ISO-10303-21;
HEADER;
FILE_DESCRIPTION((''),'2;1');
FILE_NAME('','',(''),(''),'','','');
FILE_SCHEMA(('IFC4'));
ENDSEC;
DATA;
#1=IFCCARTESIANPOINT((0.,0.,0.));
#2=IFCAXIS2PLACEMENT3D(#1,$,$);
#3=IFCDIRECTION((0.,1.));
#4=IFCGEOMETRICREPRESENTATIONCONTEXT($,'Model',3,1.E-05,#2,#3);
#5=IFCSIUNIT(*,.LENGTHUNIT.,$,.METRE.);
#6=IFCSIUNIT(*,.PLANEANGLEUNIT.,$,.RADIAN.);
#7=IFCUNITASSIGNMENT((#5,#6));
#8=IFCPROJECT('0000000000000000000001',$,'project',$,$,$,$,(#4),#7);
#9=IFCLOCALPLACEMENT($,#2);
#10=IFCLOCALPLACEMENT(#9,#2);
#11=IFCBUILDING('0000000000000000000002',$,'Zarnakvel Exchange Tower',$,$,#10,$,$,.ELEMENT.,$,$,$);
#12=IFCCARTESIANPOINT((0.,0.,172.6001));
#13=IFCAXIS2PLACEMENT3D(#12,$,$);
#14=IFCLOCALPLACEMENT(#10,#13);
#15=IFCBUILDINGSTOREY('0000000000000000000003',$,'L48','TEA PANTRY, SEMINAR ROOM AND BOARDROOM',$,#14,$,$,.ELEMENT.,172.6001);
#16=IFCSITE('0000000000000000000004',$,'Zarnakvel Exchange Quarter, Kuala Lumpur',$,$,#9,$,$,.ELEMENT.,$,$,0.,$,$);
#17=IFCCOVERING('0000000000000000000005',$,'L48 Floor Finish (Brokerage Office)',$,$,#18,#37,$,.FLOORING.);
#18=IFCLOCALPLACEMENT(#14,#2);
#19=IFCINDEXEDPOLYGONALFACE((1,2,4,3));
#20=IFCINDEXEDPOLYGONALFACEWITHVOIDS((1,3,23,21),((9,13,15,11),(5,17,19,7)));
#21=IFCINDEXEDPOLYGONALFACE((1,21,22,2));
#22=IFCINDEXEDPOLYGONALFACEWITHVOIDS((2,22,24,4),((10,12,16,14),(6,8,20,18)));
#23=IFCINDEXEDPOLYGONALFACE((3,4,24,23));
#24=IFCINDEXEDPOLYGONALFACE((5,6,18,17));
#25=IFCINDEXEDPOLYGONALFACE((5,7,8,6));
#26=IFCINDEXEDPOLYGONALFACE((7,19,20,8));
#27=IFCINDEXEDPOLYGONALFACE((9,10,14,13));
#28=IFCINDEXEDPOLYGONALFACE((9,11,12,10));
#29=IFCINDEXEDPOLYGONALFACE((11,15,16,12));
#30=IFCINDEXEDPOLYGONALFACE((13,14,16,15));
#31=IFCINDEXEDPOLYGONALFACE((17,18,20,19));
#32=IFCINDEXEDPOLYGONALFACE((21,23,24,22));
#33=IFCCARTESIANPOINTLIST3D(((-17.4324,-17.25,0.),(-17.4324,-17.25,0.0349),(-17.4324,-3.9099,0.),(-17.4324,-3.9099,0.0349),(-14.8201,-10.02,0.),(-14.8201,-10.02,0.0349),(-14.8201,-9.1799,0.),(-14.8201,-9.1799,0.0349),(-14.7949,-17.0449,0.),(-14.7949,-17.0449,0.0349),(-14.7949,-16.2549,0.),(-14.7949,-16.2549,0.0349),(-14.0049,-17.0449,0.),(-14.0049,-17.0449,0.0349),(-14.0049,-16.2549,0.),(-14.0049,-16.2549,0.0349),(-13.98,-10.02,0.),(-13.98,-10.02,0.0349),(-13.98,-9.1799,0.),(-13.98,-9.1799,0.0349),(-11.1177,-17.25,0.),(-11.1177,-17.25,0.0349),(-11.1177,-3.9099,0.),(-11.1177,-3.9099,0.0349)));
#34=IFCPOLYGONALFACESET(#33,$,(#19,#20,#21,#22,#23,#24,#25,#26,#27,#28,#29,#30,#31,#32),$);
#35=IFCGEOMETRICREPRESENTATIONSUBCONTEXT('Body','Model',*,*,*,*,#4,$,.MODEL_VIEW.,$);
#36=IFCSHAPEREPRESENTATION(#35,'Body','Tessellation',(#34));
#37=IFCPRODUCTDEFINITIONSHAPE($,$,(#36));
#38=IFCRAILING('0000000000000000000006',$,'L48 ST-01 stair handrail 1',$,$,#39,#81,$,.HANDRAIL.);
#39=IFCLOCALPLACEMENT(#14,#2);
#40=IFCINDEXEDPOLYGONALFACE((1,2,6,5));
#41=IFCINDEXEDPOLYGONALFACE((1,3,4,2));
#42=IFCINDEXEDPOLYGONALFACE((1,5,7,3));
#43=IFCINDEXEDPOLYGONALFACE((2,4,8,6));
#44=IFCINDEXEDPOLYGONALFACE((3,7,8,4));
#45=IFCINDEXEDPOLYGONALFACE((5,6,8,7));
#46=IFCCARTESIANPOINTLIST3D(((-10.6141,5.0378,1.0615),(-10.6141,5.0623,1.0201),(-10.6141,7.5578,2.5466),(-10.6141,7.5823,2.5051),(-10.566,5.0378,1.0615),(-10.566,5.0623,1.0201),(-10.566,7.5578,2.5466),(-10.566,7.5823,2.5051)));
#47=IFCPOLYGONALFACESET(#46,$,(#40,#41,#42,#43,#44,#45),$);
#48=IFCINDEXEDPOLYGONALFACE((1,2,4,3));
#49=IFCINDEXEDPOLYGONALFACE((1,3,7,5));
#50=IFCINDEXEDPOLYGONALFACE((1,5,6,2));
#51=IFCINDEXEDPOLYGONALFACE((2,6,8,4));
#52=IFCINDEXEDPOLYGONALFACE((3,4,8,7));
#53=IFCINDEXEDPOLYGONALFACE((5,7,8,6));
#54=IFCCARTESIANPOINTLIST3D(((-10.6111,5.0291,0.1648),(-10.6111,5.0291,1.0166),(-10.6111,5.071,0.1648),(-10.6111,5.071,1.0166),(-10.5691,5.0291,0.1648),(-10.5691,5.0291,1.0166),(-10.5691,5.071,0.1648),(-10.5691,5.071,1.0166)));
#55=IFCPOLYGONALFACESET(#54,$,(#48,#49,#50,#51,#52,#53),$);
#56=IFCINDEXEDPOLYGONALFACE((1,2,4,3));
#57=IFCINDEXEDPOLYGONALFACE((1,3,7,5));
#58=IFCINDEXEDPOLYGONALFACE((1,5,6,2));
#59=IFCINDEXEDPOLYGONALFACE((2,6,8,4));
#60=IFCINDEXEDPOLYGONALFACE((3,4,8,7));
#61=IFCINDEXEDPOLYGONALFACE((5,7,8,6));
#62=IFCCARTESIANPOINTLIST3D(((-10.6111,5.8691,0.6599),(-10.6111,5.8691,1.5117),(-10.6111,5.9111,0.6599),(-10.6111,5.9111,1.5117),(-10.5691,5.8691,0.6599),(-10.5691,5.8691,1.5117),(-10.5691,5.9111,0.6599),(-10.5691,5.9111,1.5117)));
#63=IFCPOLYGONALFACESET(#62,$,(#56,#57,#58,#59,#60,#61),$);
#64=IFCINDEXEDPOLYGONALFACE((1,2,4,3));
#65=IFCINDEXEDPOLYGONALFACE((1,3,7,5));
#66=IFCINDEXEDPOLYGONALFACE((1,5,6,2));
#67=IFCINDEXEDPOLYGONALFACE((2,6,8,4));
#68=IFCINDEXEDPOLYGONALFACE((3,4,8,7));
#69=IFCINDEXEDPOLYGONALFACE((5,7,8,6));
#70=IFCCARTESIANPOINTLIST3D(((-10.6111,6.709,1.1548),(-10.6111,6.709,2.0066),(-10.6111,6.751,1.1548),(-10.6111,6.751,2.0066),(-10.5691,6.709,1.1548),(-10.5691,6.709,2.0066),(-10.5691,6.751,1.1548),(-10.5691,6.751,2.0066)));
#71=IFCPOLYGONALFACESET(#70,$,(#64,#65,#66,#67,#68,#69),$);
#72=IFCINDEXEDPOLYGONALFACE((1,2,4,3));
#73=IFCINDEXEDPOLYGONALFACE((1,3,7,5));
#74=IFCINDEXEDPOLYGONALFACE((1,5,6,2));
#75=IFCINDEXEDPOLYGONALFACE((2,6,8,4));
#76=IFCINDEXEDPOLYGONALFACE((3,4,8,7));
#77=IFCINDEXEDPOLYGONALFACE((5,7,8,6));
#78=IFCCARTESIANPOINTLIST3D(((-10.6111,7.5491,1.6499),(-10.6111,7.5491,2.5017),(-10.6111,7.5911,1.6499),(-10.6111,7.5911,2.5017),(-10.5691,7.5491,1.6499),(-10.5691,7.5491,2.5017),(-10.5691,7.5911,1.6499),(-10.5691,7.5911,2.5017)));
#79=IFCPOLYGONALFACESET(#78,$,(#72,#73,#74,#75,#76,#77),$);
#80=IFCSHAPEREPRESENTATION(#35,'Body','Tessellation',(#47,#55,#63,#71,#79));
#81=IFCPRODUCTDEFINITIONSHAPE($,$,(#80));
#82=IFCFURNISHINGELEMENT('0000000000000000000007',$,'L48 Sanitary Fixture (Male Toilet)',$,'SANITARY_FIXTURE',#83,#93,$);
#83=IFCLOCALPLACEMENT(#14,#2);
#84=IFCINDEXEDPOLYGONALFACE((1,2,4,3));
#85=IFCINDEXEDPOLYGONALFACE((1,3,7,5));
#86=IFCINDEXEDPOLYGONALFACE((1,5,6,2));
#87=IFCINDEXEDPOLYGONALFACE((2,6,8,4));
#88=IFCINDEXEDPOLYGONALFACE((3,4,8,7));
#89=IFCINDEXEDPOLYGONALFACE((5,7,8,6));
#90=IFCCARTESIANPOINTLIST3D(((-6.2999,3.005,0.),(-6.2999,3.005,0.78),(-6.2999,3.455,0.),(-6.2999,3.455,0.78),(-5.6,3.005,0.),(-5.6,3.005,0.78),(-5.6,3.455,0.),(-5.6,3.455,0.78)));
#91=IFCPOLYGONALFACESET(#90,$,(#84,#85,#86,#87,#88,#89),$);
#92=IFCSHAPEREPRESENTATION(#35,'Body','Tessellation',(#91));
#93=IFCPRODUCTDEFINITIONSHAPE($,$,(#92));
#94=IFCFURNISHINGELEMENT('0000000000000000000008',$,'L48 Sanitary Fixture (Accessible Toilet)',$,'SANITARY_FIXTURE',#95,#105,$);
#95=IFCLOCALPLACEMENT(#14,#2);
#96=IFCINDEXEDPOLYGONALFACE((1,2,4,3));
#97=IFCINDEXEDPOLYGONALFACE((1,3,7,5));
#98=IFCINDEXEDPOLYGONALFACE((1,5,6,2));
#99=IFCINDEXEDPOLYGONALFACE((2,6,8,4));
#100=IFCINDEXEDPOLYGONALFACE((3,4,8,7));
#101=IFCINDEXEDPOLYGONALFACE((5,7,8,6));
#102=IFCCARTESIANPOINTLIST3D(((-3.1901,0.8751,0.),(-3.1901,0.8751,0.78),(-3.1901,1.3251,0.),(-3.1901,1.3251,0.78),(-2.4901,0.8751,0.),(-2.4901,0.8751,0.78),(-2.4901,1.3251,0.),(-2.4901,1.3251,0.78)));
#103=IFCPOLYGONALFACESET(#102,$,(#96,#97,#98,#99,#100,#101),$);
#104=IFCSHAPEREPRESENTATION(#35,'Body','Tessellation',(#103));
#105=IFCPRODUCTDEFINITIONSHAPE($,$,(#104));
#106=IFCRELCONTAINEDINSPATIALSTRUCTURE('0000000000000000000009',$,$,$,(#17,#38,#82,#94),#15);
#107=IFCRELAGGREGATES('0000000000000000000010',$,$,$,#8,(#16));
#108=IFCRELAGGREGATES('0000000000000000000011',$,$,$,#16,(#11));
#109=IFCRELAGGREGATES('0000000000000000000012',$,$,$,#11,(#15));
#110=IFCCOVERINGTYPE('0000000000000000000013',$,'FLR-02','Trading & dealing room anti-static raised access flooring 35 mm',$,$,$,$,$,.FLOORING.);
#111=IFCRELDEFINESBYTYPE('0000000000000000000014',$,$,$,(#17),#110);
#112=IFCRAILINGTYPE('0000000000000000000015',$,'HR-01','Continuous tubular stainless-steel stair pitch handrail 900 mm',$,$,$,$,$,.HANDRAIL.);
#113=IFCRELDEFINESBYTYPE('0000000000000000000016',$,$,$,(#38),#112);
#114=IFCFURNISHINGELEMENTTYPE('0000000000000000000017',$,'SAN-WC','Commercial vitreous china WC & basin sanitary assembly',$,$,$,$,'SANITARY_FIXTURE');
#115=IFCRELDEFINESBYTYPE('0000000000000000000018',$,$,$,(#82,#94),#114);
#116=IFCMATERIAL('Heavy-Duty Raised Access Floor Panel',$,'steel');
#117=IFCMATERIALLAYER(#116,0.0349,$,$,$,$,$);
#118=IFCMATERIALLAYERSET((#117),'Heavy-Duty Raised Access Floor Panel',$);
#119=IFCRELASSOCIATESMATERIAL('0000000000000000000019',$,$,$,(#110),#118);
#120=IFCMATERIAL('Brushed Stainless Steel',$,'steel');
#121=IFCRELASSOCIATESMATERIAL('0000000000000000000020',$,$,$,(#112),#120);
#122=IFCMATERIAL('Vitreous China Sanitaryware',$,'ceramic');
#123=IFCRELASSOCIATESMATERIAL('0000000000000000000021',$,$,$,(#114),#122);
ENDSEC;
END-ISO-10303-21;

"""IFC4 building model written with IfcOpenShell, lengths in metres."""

from ifc_helpers import new_model, si_unit, direction, frame, origin, origin_2d, place, context, subcontext, project, spatial, polyline, rectangle, outline, extrude, source, transform, mapped, material, layer, layer_set, type_object, element, save


model = new_model("IFC4")

# Units and contexts
model_context = context("Model", 3, precision=1e-05, world=origin(), true_north=direction((0.0, 1.0)))
body_context = subcontext(model_context, "Body", "Model", "MODEL_VIEW")
ifc_project = project(units=[si_unit("LENGTHUNIT", "METRE"), si_unit("PLANEANGLEUNIT", "RADIAN")], contexts=[model_context])

# Site, building, storey
site_placement = place(None, origin())
site = spatial("IfcSite", under=ifc_project, at=site_placement, Name="Zarnakvel Exchange Quarter, Kuala Lumpur", CompositionType="ELEMENT", RefElevation=0.0)
building_placement = place(site_placement, origin())
building = spatial("IfcBuilding", under=site, at=building_placement, Name="Zarnakvel Exchange Tower", CompositionType="ELEMENT")
storey_placement = place(building_placement, frame((0.0, 0.0, 172.6001)))
storey = spatial("IfcBuildingStorey", under=building, at=storey_placement, Name="L48", Description="TEA PANTRY, SEMINAR ROOM AND BOARDROOM", CompositionType="ELEMENT", Elevation=172.6001)

# Shared definitions
ifc_material_1 = material(Name="Brushed Stainless Steel", Category="steel")

# Covering
ifc_material_2 = material(Name="Heavy-Duty Raised Access Floor Panel", Category="steel")
ifc_layer_1 = layer(ifc_material_2, 0.0349)
ifc_layer_set_1 = layer_set([ifc_layer_1], Name="Heavy-Duty Raised Access Floor Panel")
covering_type = type_object("IfcCoveringType", Name="FLR-02", Description="Trading & dealing room anti-static raised access flooring 35 mm", PredefinedType="FLOORING", material=ifc_layer_set_1)
covering_placement = place(storey_placement, origin())
element("IfcCovering", 1, at=covering_placement, inside=storey, type_object=covering_type, Name="L48 Floor Finish (Brokerage Office)", PredefinedType="FLOORING", context=body_context, shape_type="SweptSolid", body=[
    extrude(outline(polyline([(-17.4324, -3.9099), (-11.1177, -3.9099), (-11.1177, -17.25), (-17.4324, -17.25), (-17.4324, -3.9099)]), holes=[polyline([(-13.98, -10.02), (-13.98, -9.1799), (-14.8201, -9.1799), (-14.8201, -10.02), (-13.98, -10.02)]), polyline([(-14.0049, -16.2549), (-14.7949, -16.2549), (-14.7949, -17.0449), (-14.0049, -17.0449), (-14.0049, -16.2549)])]), origin(), (0.0, 0.0, 1.0), 0.0349),
])

# Railing
railing_type = type_object("IfcRailingType", Name="HR-01", Description="Continuous tubular stainless-steel stair pitch handrail 900 mm", PredefinedType="HANDRAIL", material=ifc_material_1)
railing_placement = place(storey_placement, frame((-10.5901, 5.05, 0.1648)))
element("IfcRailing", 2, at=railing_placement, inside=storey, type_object=railing_type, Name="L48 ST-01 stair handrail 1", PredefinedType="HANDRAIL", context=body_context, shape_type="SweptSolid", body=[
    extrude(rectangle(XDim=0.0481, YDim=0.0481, at=origin_2d()), frame((0.0, 0.0, 0.876), z_axis=(0.0, 0.861524, 0.507717), x_axis=(-1.0, 0.0, 0.0)), (0.0, 0.0, 1.0), 2.925),
    extrude(rectangle(XDim=0.042, YDim=0.042, at=origin_2d()), origin(), (0.0, 0.0, 1.0), 0.8518),
    extrude(rectangle(XDim=0.042, YDim=0.042, at=origin_2d()), frame((0.0, 0.8401, 0.4951)), (0.0, 0.0, 1.0), 0.8518),
    extrude(rectangle(XDim=0.042, YDim=0.042, at=origin_2d()), frame((0.0, 1.6799, 0.99)), (0.0, 0.0, 1.0), 0.8518),
    extrude(rectangle(XDim=0.042, YDim=0.042, at=origin_2d()), frame((0.0, 2.52, 1.4851)), (0.0, 0.0, 1.0), 0.8518),
])

# Furnishing elements
ifc_material_3 = material(Name="Vitreous China Sanitaryware", Category="ceramic")
furnishing_element_type = type_object("IfcFurnishingElementType", Name="SAN-WC", Description="Commercial vitreous china WC & basin sanitary assembly", ElementType="SANITARY_FIXTURE", material=ifc_material_3)
shared_shape_1 = source(origin(), body_context, "Body", "SweptSolid", [
    extrude(rectangle(XDim=0.7, YDim=0.45, at=origin_2d()), origin(), (0.0, 0.0, 1.0), 0.78),
])
for number, where, z_axis, x_axis, name in (
    (3, (-5.95, 3.23, 0.0), (0.0, 0.0, 1.0), (1.0, 0.0, 0.0), "L48 Sanitary Fixture (Male Toilet)"),
    (4, (-2.8401, 1.1001, 0.0), (0.0, 0.0, 1.0), (1.0, 0.0, 0.0), "L48 Sanitary Fixture (Accessible Toilet)"),
):
    element("IfcFurnishingElement", number, at=place(storey_placement, frame(where, z_axis=z_axis, x_axis=x_axis)), inside=storey, type_object=furnishing_element_type, Name=name, ObjectType="SANITARY_FIXTURE", context=body_context, shape_type="MappedRepresentation", body=[
        mapped(shared_shape_1, transform((0.0, 0.0, 0.0), x_axis=(1.0, 0.0, 0.0), y_axis=(0.0, 1.0, 0.0), z_axis=(0.0, 0.0, 1.0), scale=1.0)),
    ])

save(model, "model.ifc")
